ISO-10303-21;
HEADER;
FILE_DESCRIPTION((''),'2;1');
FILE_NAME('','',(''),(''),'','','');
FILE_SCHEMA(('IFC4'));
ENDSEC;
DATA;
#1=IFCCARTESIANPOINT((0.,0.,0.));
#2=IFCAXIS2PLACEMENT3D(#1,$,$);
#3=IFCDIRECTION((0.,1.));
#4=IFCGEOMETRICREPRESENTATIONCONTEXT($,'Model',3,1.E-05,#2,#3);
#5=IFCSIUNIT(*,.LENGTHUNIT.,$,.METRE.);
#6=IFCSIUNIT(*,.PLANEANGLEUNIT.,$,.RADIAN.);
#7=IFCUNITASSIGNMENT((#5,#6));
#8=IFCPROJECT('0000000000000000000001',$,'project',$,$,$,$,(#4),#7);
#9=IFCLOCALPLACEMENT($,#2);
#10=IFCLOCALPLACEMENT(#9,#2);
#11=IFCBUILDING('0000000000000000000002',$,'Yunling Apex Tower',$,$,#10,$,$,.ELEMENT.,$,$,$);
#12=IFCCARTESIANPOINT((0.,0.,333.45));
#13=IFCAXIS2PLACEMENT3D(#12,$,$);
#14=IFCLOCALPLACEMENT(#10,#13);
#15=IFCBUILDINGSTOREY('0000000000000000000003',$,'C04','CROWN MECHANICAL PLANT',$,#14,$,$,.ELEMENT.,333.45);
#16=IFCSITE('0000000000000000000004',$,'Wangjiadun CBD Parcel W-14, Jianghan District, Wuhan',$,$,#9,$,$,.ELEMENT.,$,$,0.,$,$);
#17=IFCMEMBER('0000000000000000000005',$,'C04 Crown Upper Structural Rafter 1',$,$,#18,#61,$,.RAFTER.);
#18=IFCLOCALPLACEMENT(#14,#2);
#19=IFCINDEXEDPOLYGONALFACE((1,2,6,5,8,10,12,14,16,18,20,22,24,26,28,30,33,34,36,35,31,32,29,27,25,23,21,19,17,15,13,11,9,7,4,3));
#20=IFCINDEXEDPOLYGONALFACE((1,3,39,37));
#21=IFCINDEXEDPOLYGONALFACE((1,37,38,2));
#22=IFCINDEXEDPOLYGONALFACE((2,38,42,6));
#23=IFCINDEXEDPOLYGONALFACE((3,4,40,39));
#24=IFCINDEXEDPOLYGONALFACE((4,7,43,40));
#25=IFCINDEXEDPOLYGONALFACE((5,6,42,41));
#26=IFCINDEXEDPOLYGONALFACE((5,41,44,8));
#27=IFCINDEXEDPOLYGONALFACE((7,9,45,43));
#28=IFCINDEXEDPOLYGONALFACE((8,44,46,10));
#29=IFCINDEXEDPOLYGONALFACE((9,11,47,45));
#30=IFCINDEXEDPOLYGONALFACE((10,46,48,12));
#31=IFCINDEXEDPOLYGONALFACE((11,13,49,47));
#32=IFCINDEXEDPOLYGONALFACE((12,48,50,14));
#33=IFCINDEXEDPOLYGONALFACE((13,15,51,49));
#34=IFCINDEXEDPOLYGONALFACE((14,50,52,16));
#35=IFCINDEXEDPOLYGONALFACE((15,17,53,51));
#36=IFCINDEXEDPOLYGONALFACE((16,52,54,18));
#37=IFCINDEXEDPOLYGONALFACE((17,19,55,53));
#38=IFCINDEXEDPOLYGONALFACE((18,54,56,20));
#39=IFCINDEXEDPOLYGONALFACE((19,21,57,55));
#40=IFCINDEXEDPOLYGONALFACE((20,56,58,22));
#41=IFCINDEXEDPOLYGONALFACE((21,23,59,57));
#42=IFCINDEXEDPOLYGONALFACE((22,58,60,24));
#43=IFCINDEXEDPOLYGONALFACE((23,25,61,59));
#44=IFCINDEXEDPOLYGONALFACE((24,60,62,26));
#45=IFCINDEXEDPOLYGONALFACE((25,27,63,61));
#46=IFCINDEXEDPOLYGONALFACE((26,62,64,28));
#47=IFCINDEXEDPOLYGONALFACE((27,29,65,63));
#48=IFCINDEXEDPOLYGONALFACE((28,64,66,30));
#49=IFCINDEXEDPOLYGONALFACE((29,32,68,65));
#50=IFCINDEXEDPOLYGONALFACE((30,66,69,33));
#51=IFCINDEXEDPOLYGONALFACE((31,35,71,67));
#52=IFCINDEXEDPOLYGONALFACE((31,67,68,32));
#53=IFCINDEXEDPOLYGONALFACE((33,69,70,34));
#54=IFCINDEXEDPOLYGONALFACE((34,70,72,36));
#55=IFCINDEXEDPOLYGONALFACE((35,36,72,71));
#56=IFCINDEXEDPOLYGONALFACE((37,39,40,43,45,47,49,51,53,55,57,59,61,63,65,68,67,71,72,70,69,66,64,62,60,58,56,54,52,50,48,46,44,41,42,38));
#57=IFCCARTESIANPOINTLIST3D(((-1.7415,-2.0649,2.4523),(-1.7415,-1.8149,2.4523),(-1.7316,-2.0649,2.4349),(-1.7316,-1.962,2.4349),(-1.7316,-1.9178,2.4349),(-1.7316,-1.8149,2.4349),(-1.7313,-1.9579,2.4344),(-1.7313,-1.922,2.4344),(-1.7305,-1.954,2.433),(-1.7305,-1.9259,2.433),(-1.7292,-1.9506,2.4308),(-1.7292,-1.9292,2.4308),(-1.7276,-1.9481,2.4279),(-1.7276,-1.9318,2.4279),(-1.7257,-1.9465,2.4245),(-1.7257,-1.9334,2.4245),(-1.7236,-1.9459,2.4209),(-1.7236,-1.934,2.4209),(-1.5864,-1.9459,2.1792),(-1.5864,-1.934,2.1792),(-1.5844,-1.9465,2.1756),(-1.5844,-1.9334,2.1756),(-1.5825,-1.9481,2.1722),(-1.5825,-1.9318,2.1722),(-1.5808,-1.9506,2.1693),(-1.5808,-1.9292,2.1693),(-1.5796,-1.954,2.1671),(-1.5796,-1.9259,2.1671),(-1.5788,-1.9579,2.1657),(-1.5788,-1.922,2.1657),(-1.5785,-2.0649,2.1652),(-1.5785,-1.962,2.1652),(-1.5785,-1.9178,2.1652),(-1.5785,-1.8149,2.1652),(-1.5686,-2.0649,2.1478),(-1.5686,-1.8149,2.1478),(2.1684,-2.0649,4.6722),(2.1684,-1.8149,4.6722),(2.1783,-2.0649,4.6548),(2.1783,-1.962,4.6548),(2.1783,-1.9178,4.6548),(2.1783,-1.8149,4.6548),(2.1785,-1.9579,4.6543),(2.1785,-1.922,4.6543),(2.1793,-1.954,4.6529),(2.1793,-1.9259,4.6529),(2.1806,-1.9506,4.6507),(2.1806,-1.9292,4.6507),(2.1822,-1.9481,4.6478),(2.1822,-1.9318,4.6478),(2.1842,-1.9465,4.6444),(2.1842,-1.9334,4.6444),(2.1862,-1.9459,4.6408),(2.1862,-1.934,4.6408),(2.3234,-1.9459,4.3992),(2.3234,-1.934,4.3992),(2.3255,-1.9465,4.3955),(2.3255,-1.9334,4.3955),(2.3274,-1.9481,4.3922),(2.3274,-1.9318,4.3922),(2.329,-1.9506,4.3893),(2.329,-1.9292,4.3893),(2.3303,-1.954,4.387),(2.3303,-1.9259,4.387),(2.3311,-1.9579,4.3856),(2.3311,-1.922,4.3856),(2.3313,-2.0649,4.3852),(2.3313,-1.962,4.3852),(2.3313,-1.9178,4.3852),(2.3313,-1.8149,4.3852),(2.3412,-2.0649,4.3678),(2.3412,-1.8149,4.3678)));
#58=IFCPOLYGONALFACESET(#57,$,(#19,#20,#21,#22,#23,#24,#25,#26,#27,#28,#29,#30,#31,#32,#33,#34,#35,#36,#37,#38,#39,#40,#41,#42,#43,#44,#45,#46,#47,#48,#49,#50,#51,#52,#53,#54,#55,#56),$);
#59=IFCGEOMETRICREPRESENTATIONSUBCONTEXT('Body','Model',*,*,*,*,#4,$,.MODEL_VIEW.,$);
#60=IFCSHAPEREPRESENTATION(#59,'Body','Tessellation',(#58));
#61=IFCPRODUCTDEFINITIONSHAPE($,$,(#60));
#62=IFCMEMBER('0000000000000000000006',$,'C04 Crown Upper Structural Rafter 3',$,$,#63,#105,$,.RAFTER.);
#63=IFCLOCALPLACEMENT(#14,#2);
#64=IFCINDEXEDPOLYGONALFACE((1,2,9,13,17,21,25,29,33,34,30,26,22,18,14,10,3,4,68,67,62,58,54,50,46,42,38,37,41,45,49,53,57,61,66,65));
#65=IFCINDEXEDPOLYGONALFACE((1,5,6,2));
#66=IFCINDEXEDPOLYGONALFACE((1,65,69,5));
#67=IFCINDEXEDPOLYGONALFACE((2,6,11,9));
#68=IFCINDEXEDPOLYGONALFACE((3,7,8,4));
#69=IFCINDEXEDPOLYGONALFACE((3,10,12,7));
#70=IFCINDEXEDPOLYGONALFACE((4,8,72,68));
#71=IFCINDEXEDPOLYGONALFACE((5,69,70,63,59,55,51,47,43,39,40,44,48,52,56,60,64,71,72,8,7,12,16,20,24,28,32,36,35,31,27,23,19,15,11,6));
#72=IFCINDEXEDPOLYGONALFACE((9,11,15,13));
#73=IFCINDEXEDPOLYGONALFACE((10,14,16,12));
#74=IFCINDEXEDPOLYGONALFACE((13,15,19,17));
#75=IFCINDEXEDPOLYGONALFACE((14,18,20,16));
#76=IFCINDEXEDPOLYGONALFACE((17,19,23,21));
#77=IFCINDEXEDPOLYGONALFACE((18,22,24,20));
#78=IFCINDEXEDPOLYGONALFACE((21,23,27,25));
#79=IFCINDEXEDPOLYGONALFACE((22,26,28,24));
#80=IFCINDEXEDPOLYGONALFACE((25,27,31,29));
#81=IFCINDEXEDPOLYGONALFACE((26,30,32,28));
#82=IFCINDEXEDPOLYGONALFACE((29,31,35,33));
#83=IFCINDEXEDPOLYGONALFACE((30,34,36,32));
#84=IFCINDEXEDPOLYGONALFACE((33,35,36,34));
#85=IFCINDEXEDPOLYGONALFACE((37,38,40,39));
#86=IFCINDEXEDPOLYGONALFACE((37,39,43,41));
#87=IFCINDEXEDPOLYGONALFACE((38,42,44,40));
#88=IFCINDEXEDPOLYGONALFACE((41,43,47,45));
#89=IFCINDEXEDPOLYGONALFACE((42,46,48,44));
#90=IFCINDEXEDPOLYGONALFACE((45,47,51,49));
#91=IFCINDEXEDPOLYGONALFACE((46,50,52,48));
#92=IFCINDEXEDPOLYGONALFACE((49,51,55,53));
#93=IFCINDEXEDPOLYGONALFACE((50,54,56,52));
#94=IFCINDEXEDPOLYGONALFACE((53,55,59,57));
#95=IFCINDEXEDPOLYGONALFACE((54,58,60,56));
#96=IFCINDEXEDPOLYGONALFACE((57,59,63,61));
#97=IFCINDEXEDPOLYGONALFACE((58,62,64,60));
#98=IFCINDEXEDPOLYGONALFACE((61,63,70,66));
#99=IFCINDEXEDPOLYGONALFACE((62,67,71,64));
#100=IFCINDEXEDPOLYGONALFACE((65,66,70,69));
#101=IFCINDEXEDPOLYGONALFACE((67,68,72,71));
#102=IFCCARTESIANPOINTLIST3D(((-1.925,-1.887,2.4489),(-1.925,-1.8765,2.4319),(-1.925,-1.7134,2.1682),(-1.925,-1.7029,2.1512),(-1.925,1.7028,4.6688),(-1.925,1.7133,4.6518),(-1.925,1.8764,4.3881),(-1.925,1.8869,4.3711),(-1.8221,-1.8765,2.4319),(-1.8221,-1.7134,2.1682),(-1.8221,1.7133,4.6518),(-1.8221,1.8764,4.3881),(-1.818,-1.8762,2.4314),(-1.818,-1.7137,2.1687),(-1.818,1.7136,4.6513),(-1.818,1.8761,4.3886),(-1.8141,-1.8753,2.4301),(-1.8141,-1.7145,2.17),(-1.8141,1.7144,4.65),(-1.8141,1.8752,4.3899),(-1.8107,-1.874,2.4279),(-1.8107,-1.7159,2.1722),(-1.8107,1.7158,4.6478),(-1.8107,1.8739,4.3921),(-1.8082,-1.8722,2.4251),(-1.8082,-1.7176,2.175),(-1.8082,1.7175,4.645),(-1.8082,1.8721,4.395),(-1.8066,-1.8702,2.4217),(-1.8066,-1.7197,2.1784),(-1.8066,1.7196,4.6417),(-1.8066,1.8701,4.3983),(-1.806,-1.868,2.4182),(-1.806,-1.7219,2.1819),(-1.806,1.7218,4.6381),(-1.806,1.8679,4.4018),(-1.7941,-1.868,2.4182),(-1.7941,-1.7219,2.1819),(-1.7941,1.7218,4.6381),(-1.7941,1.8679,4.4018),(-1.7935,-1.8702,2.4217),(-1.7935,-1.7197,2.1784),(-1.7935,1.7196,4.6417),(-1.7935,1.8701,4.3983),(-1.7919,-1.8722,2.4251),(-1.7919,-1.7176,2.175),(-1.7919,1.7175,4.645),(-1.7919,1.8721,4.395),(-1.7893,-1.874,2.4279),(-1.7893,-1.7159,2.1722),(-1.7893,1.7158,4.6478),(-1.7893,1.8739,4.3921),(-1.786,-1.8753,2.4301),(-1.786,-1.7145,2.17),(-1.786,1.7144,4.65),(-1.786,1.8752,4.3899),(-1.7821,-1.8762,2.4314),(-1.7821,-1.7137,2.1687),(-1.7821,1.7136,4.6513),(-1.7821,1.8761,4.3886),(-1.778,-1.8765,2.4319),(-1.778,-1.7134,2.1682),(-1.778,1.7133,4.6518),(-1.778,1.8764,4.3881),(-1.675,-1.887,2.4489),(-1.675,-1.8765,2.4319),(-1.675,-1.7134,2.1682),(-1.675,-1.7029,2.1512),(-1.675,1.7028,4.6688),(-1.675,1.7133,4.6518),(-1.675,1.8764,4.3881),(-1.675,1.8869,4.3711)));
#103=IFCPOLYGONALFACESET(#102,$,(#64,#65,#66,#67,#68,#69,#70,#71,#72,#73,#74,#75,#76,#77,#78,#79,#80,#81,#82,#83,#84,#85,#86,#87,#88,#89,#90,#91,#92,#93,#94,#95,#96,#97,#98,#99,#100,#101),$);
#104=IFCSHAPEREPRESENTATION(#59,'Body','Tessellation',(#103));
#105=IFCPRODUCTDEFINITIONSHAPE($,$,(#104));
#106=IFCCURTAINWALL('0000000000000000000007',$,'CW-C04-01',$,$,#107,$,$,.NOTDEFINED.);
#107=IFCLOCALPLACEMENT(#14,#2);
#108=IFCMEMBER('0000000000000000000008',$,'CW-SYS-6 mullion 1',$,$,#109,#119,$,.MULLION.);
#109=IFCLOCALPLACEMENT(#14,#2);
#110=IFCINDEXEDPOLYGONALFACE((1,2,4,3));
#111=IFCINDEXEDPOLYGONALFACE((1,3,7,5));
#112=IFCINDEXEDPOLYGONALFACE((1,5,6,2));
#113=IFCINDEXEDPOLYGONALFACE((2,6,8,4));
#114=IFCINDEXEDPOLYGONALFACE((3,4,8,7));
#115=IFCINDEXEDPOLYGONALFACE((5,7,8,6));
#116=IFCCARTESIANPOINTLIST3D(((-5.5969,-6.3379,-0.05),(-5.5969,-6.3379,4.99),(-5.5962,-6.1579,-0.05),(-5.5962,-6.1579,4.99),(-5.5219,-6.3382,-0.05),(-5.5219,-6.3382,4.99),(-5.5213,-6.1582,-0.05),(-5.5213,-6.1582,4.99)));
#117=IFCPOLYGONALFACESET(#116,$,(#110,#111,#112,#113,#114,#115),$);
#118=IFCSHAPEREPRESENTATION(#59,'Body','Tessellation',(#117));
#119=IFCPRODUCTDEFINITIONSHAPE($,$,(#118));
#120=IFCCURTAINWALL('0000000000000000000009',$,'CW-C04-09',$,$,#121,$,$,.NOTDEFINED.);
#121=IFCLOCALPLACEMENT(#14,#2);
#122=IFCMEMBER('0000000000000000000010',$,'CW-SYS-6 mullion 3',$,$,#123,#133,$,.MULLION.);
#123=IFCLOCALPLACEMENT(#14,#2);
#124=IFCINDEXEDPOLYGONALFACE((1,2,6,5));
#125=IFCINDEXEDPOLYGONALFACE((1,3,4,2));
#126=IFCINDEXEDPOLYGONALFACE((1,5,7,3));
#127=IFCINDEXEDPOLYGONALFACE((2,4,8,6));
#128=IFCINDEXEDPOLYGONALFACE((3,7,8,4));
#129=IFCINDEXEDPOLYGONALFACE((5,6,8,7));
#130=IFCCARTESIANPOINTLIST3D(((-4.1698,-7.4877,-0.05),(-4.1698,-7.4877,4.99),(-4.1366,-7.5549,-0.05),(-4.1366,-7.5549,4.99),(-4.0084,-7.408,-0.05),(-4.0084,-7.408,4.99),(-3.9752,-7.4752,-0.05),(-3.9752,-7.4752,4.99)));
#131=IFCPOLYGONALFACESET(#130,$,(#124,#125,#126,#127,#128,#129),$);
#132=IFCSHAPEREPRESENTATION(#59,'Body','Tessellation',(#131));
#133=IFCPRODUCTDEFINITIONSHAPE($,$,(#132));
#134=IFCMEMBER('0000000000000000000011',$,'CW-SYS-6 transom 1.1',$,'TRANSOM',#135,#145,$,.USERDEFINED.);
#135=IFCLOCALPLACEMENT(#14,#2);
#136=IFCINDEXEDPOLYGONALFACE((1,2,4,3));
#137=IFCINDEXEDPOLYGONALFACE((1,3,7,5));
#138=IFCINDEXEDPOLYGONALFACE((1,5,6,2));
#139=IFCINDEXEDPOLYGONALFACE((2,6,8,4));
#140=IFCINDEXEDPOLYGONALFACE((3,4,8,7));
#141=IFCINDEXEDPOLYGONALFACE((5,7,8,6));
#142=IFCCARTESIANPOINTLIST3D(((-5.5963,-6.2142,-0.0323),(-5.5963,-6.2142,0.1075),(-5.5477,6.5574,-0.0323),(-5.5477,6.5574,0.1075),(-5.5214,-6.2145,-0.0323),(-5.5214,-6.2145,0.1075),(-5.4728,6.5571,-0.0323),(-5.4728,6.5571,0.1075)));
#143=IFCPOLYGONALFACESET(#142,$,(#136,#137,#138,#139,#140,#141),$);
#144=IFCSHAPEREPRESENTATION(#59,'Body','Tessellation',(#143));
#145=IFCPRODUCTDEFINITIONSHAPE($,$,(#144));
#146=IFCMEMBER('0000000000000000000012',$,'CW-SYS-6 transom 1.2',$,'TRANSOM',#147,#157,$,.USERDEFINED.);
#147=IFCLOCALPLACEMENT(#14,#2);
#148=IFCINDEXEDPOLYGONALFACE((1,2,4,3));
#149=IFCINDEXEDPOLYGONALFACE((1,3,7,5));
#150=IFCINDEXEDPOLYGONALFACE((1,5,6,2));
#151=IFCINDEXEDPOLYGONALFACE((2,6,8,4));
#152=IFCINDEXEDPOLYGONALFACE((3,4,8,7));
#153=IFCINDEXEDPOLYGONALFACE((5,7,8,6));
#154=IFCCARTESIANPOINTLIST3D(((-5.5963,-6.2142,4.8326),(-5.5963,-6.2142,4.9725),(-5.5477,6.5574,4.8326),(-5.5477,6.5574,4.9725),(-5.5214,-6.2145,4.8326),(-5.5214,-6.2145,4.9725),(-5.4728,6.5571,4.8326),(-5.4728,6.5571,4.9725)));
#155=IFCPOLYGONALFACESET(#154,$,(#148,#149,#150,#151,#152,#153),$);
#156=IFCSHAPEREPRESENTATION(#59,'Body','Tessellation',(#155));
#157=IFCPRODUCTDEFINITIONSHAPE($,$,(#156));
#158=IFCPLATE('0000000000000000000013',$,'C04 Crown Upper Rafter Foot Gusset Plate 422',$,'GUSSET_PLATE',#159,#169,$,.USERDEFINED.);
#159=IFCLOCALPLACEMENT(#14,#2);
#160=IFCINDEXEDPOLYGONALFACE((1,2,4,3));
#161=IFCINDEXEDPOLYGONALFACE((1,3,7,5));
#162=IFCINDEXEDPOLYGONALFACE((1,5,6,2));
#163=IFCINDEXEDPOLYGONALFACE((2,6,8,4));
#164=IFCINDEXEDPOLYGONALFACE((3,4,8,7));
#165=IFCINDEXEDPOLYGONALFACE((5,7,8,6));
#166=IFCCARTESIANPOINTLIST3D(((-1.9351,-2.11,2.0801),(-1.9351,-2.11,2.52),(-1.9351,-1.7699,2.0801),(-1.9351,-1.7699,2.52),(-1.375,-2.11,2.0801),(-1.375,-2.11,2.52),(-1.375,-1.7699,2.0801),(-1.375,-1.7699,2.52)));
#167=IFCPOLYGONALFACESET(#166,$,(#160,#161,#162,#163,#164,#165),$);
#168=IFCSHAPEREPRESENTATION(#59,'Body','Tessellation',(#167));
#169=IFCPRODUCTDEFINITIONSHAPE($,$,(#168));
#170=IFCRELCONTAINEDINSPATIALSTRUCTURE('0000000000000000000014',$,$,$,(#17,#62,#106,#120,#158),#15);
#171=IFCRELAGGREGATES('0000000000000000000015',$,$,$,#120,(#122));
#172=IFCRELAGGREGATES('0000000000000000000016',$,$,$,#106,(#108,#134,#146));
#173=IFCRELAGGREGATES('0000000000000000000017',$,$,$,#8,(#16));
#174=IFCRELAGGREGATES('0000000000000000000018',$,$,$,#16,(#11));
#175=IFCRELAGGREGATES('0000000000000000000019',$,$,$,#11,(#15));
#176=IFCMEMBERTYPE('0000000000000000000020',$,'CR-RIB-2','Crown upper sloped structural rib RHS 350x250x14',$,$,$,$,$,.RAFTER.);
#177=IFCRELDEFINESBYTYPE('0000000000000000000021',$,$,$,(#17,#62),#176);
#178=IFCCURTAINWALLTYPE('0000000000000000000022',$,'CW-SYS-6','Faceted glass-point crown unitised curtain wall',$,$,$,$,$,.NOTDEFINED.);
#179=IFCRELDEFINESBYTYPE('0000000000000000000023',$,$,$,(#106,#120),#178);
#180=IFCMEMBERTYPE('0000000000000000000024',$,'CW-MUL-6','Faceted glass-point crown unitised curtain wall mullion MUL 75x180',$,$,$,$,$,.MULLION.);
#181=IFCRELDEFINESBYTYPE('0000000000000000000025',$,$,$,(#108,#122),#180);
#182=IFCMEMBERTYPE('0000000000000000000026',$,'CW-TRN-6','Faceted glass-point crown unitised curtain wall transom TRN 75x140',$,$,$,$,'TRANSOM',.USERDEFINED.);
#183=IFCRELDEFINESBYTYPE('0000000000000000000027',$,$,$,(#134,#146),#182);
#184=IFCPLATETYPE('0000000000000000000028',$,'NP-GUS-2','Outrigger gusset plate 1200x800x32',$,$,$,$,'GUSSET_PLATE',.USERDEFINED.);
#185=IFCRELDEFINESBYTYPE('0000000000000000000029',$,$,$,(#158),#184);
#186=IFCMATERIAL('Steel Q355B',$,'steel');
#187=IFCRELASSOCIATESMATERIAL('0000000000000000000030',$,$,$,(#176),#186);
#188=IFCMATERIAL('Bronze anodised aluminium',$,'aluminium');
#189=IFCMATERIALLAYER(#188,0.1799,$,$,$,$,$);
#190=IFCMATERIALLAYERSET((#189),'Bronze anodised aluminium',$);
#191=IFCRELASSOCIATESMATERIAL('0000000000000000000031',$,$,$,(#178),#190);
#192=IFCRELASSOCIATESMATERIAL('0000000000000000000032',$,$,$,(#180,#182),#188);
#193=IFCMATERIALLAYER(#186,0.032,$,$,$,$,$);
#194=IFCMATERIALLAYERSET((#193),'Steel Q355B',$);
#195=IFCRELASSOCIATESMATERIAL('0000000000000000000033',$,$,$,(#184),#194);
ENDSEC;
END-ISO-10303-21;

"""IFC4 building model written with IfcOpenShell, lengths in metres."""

from ifc_helpers import new_model, si_unit, direction, frame, origin, origin_2d, place, context, subcontext, project, spatial, rectangle, i_section, extrude, source, transform, mapped, material, layer, layer_set, material_profile, profile_set, type_object, element, aggregate, save


model = new_model("IFC4")

# Units and contexts
model_context = context("Model", 3, precision=1e-05, world=origin(), true_north=direction((0.0, 1.0)))
body_context = subcontext(model_context, "Body", "Model", "MODEL_VIEW")
ifc_project = project(units=[si_unit("LENGTHUNIT", "METRE"), si_unit("PLANEANGLEUNIT", "RADIAN")], contexts=[model_context])

# Site, building, storey
site_placement = place(None, origin())
site = spatial("IfcSite", under=ifc_project, at=site_placement, Name="Wangjiadun CBD Parcel W-14, Jianghan District, Wuhan", CompositionType="ELEMENT", RefElevation=0.0)
building_placement = place(site_placement, origin())
building = spatial("IfcBuilding", under=site, at=building_placement, Name="Yunling Apex Tower", CompositionType="ELEMENT")
storey_placement = place(building_placement, frame((0.0, 0.0, 333.45)))
storey = spatial("IfcBuildingStorey", under=building, at=storey_placement, Name="C04", Description="CROWN MECHANICAL PLANT", CompositionType="ELEMENT", Elevation=333.45)

# Shared definitions
ifc_material_1 = material(Name="Steel Q355B", Category="steel")

# Members
ifc_material_profile_1 = material_profile(ifc_material_1, i_section(OverallWidth=0.25, OverallDepth=0.3501, WebThickness=0.012, FlangeThickness=0.02, FilletRadius=0.0161, at=origin_2d()))
ifc_profile_set_1 = profile_set([ifc_material_profile_1], Name="Steel Q355B")
member_type_1 = type_object("IfcMemberType", Name="CR-RIB-2", Description="Crown upper sloped structural rib RHS 350x250x14", PredefinedType="RAFTER", material=ifc_profile_set_1)
shared_shape_1 = source(origin(), body_context, "Body", "SweptSolid", [
    extrude(i_section(OverallWidth=0.25, OverallDepth=0.3501, WebThickness=0.012, FlangeThickness=0.02, FilletRadius=0.0161, at=origin_2d()), origin(), (0.0, 0.0, 1.0), 4.4961),
])
member_1_placement = place(storey_placement, frame((-1.655, -1.9399, 2.3), z_axis=(0.869607, 0.0, 0.493745), x_axis=(0.0, 1.0, 0.0)))
element("IfcMember", 1, at=member_1_placement, inside=storey, type_object=member_type_1, Name="C04 Crown Upper Structural Rafter 1", PredefinedType="RAFTER", context=body_context, shape_type="MappedRepresentation", body=[
    mapped(shared_shape_1, transform((0.0, 0.0, 0.0), scale=1.0)),
])
shared_shape_2 = source(origin(), body_context, "Body", "SweptSolid", [
    extrude(i_section(OverallWidth=0.25, OverallDepth=0.3501, WebThickness=0.012, FlangeThickness=0.02, FilletRadius=0.0161, at=origin_2d()), origin(), (0.0, 0.0, 1.0), 4.2207),
])
member_2_placement = place(storey_placement, frame((-1.8, -1.7949, 2.3), z_axis=(0.0, 0.85051, 0.525958), x_axis=(-1.0, 0.0, 0.0)))
element("IfcMember", 2, at=member_2_placement, inside=storey, type_object=member_type_1, Name="C04 Crown Upper Structural Rafter 3", PredefinedType="RAFTER", context=body_context, shape_type="MappedRepresentation", body=[
    mapped(shared_shape_2, transform((0.0, 0.0, 0.0), scale=1.0)),
])

# Curtain walls, members
ifc_material_2 = material(Name="Bronze anodised aluminium", Category="aluminium")
ifc_layer_1 = layer(ifc_material_2, 0.1799)
ifc_layer_set_1 = layer_set([ifc_layer_1], Name="Bronze anodised aluminium")
curtain_wall_type = type_object("IfcCurtainWallType", Name="CW-SYS-6", Description="Faceted glass-point crown unitised curtain wall", PredefinedType="NOTDEFINED", material=ifc_layer_set_1)
curtain_wall_1_placement = place(storey_placement, origin())
curtain_wall_1 = element("IfcCurtainWall", 3, at=curtain_wall_1_placement, inside=storey, type_object=curtain_wall_type, Name="CW-C04-01", PredefinedType="NOTDEFINED")
ifc_material_profile_2 = material_profile(ifc_material_2, rectangle(XDim=0.075, YDim=0.1799, at=origin_2d()))
ifc_profile_set_2 = profile_set([ifc_material_profile_2], Name="Bronze anodised aluminium")
member_type_2 = type_object("IfcMemberType", Name="CW-MUL-6", Description="Faceted glass-point crown unitised curtain wall mullion MUL 75x180", PredefinedType="MULLION", material=ifc_profile_set_2)
shared_shape_3 = source(origin(), body_context, "Body", "SweptSolid", [
    extrude(rectangle(XDim=0.075, YDim=0.1799, at=origin_2d()), origin(), (0.0, 0.0, 1.0), 5.04),
])
member_3_placement = place(storey_placement, frame((-5.5591, -6.248, -0.05), z_axis=(0.0, 0.0, 1.0), x_axis=(-0.999993, 0.00381, 0.0)))
member_3 = element("IfcMember", 4, at=member_3_placement, type_object=member_type_2, Name="CW-SYS-6 mullion 1", PredefinedType="MULLION", context=body_context, shape_type="MappedRepresentation", body=[
    mapped(shared_shape_3, transform((0.0, 0.0, 0.0), scale=1.0)),
])
curtain_wall_2_placement = place(storey_placement, origin())
curtain_wall_2 = element("IfcCurtainWall", 5, at=curtain_wall_2_placement, inside=storey, type_object=curtain_wall_type, Name="CW-C04-09", PredefinedType="NOTDEFINED")
member_4_placement = place(storey_placement, frame((-4.0725, -7.4814, -0.05), z_axis=(0.0, 0.0, 1.0), x_axis=(0.442517, -0.89676, 0.0)))
member_4 = element("IfcMember", 6, at=member_4_placement, type_object=member_type_2, Name="CW-SYS-6 mullion 3", PredefinedType="MULLION", context=body_context, shape_type="MappedRepresentation", body=[
    mapped(shared_shape_3, transform((0.0, 0.0, 0.0), scale=1.0)),
])
aggregate(curtain_wall_2, [member_4])

# Members
ifc_material_profile_3 = material_profile(ifc_material_2, rectangle(XDim=0.075, YDim=0.1399, at=origin_2d()))
ifc_profile_set_3 = profile_set([ifc_material_profile_3], Name="Bronze anodised aluminium")
member_type_3 = type_object("IfcMemberType", Name="CW-TRN-6", Description="Faceted glass-point crown unitised curtain wall transom TRN 75x140", ElementType="TRANSOM", PredefinedType="USERDEFINED", material=ifc_profile_set_3)
shared_shape_4 = source(origin(), body_context, "Body", "SweptSolid", [
    extrude(rectangle(XDim=0.075, YDim=0.1399, at=origin_2d()), origin(), (0.0, 0.0, 1.0), 12.7717),
])
member_5_placement = place(storey_placement, frame((-5.5588, -6.2144, 0.0376), z_axis=(0.003804, 0.999993, 0.0), x_axis=(-0.999993, 0.003804, 0.0)))
member_5 = element("IfcMember", 7, at=member_5_placement, type_object=member_type_3, Name="CW-SYS-6 transom 1.1", ObjectType="TRANSOM", PredefinedType="USERDEFINED", context=body_context, shape_type="MappedRepresentation", body=[
    mapped(shared_shape_4, transform((0.0, 0.0, 0.0), scale=1.0)),
])
member_6_placement = place(storey_placement, frame((-5.5588, -6.2144, 4.9026), z_axis=(0.003804, 0.999993, 0.0), x_axis=(-0.999993, 0.003804, 0.0)))
member_6 = element("IfcMember", 8, at=member_6_placement, type_object=member_type_3, Name="CW-SYS-6 transom 1.2", ObjectType="TRANSOM", PredefinedType="USERDEFINED", context=body_context, shape_type="MappedRepresentation", body=[
    mapped(shared_shape_4, transform((0.0, 0.0, 0.0), scale=1.0)),
])
aggregate(curtain_wall_1, [member_3, member_5, member_6])

# Plate
ifc_layer_2 = layer(ifc_material_1, 0.032)
ifc_layer_set_2 = layer_set([ifc_layer_2], Name="Steel Q355B")
plate_type = type_object("IfcPlateType", Name="NP-GUS-2", Description="Outrigger gusset plate 1200x800x32", ElementType="GUSSET_PLATE", PredefinedType="USERDEFINED", material=ifc_layer_set_2)
shared_shape_5 = source(origin(), body_context, "Body", "SweptSolid", [
    extrude(rectangle(XDim=0.5601, YDim=0.3401, at=origin_2d()), origin(), (0.0, 0.0, 1.0), 0.4399),
])
plate_placement = place(storey_placement, frame((-1.655, -1.9399, 2.0801), z_axis=(0.0, 0.0, 1.0), x_axis=(1.0, 0.0, 0.0)))
element("IfcPlate", 9, at=plate_placement, inside=storey, type_object=plate_type, Name="C04 Crown Upper Rafter Foot Gusset Plate 422", ObjectType="GUSSET_PLATE", PredefinedType="USERDEFINED", context=body_context, shape_type="MappedRepresentation", body=[
    mapped(shared_shape_5, transform((0.0, 0.0, 0.0), scale=1.0)),
])

save(model, "model.ifc")
